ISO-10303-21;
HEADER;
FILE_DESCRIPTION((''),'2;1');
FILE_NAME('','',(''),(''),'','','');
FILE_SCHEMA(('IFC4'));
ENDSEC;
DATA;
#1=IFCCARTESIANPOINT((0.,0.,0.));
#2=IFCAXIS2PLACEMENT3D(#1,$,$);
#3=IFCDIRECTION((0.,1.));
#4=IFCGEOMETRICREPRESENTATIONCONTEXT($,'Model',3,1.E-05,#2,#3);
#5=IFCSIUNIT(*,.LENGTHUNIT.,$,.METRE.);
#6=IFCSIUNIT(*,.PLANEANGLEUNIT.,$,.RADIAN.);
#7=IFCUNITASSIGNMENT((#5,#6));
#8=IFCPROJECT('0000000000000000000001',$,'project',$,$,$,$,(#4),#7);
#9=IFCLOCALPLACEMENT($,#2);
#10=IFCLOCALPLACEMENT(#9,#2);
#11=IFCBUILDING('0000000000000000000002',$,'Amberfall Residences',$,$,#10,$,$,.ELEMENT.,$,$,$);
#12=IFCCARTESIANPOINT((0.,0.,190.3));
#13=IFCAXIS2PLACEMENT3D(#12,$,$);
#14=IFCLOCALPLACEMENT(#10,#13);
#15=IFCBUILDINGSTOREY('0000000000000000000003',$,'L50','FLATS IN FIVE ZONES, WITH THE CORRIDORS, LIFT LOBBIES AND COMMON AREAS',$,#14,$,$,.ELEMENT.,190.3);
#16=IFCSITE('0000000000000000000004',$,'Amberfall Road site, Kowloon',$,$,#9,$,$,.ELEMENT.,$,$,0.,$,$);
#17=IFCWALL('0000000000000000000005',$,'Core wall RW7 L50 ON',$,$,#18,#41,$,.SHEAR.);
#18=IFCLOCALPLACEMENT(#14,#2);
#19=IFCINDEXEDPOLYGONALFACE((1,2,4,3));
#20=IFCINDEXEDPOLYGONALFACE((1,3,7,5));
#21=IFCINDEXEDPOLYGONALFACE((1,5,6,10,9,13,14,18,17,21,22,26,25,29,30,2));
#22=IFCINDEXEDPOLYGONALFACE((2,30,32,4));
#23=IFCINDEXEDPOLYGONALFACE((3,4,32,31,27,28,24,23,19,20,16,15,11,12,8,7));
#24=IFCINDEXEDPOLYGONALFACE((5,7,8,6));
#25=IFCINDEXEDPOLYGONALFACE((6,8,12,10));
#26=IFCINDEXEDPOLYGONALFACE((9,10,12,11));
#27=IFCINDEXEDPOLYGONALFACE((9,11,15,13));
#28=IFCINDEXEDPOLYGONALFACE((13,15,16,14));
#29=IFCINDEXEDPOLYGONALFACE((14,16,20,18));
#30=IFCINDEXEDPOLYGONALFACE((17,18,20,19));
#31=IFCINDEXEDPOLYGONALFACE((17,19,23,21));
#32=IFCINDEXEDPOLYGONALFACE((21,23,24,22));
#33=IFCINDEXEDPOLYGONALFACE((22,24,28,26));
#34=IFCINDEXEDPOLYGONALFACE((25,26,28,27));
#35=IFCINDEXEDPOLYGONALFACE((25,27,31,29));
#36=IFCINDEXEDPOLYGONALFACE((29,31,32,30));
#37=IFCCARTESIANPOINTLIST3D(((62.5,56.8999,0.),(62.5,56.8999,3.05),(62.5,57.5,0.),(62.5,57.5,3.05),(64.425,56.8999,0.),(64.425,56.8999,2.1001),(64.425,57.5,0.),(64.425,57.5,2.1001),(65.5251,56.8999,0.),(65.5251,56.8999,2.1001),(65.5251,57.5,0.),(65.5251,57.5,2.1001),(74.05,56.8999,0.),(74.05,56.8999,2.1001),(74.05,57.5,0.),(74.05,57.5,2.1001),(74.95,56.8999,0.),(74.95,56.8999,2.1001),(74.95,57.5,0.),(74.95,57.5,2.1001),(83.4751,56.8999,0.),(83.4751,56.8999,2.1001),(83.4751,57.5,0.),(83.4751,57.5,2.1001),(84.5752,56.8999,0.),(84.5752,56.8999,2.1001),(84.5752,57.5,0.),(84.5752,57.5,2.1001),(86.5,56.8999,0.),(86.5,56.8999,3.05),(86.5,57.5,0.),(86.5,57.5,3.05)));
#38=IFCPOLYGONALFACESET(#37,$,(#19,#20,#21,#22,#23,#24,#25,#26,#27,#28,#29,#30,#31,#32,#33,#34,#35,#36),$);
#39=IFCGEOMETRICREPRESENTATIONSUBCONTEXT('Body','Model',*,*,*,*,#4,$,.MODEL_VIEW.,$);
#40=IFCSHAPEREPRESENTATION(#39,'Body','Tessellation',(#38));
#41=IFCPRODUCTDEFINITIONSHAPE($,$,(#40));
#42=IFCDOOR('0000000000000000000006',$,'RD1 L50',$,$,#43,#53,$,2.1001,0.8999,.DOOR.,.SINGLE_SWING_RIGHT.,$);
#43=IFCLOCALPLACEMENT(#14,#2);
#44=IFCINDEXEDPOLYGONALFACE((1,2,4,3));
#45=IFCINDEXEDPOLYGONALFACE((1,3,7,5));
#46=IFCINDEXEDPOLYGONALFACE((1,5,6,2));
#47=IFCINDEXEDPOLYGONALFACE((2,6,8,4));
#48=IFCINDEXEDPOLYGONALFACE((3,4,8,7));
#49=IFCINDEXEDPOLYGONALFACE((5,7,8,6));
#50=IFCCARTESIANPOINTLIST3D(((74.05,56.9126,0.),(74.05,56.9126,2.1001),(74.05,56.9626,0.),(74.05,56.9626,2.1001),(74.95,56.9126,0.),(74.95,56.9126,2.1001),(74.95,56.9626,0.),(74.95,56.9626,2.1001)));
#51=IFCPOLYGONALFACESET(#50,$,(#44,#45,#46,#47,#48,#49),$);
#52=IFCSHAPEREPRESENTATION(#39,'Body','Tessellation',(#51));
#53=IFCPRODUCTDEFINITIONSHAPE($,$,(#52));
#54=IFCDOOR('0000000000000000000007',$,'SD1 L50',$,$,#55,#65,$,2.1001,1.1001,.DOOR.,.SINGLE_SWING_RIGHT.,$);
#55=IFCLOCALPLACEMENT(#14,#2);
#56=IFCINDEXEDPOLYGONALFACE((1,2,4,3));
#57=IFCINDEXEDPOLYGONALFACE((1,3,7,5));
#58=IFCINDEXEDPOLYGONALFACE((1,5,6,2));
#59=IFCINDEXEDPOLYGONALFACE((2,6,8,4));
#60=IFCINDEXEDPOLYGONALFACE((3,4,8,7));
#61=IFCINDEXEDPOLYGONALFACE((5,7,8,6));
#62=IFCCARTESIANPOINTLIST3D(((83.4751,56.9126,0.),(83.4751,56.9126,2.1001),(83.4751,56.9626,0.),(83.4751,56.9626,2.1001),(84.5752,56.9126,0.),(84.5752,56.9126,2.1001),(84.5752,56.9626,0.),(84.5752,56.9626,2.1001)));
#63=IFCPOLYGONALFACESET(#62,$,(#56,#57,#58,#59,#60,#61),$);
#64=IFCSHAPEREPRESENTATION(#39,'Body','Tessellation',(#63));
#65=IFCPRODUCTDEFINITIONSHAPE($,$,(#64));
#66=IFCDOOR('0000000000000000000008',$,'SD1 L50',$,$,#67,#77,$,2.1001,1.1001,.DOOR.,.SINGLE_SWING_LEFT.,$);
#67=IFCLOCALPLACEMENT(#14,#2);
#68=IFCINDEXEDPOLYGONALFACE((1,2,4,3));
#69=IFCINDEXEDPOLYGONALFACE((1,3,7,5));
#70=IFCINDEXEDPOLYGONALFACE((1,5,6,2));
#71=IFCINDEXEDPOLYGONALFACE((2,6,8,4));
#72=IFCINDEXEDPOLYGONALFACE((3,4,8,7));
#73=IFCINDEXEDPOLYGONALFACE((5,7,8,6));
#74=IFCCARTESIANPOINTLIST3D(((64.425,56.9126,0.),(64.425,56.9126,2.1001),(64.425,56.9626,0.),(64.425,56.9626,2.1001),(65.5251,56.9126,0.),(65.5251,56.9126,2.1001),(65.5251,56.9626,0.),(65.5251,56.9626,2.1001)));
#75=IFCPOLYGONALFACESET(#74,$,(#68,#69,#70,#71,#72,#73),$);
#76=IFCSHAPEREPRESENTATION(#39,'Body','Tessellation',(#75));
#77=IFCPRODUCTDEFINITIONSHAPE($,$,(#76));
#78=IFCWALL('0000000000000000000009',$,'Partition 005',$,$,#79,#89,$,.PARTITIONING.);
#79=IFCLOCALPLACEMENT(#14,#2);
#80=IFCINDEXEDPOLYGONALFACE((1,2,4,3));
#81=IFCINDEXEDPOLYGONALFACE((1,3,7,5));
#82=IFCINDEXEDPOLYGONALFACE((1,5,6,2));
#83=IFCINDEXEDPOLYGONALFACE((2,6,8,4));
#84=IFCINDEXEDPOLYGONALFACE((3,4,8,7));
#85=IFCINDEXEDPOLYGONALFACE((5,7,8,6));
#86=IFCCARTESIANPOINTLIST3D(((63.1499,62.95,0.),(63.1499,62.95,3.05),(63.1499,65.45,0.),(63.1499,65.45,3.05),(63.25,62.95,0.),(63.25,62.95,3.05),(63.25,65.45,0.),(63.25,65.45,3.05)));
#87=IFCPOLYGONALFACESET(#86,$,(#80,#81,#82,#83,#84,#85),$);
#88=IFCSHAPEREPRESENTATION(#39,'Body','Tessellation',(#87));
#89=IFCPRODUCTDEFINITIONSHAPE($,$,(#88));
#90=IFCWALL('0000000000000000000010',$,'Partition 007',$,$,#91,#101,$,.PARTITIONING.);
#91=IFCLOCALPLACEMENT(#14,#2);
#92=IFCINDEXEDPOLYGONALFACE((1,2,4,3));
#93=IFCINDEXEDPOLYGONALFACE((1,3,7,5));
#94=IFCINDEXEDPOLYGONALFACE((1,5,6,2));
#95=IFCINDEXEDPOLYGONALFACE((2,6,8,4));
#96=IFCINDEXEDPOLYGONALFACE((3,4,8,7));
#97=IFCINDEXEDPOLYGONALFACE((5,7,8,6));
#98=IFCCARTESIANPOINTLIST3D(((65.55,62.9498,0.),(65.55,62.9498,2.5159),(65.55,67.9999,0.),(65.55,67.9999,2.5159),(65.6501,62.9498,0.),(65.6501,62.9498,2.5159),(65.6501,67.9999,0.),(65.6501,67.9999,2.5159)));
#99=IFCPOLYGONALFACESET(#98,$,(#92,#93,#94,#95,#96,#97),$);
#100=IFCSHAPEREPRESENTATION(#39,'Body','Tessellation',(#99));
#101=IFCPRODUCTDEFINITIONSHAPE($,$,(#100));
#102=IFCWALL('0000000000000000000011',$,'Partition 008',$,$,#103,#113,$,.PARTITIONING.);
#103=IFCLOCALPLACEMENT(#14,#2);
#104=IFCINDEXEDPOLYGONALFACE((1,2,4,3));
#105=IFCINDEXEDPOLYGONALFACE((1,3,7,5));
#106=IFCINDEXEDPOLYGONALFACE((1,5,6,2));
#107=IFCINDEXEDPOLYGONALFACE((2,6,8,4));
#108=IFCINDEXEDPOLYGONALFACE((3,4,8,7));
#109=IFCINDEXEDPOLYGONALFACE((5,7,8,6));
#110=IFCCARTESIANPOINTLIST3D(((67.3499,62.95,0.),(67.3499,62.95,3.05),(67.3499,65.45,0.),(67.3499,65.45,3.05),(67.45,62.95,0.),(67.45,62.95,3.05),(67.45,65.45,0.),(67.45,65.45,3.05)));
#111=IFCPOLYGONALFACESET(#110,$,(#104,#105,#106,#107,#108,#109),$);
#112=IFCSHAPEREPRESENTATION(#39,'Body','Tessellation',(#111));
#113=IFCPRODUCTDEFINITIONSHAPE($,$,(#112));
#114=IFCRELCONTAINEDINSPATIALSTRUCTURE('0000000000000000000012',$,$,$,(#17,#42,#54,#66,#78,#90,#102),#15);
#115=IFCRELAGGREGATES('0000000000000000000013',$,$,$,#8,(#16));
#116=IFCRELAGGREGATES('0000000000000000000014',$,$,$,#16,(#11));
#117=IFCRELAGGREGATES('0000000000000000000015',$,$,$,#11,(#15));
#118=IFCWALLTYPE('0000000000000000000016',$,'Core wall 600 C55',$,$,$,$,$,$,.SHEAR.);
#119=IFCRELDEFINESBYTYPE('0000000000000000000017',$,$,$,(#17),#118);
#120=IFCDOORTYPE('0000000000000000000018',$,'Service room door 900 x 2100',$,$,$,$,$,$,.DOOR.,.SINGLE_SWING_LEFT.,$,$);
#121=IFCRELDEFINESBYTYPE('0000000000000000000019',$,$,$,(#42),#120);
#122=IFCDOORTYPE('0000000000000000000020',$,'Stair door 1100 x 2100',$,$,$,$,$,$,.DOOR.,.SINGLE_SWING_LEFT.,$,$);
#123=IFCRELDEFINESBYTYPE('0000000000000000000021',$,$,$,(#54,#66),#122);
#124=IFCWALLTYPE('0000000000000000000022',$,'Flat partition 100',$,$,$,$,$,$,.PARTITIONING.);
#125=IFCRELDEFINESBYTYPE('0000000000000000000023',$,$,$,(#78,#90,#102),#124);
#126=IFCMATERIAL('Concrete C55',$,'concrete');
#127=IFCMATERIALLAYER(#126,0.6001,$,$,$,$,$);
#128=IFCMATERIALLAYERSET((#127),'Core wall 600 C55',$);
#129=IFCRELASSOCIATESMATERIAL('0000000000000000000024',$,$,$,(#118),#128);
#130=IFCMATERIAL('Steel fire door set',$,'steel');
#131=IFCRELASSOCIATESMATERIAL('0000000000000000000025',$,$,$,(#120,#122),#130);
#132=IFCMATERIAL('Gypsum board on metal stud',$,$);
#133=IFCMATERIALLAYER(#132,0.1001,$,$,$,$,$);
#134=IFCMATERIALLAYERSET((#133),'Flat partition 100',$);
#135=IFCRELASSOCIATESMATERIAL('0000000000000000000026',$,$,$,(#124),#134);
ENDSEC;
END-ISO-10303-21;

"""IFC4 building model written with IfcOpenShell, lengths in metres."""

from ifc_helpers import new_model, si_unit, direction, frame, frame_2d, origin, place, context, subcontext, project, spatial, rectangle, extrude, material, layer, layer_set, type_object, element, fill, save


model = new_model("IFC4")

# Units and contexts
model_context = context("Model", 3, precision=1e-05, world=origin(), true_north=direction((0.0, 1.0)))
body_context = subcontext(model_context, "Body", "Model", "MODEL_VIEW")
ifc_project = project(units=[si_unit("LENGTHUNIT", "METRE"), si_unit("PLANEANGLEUNIT", "RADIAN")], contexts=[model_context])

# Site, building, storey
site_placement = place(None, origin())
site = spatial("IfcSite", under=ifc_project, at=site_placement, Name="Amberfall Road site, Kowloon", CompositionType="ELEMENT", RefElevation=0.0)
building_placement = place(site_placement, origin())
building = spatial("IfcBuilding", under=site, at=building_placement, Name="Amberfall Residences", CompositionType="ELEMENT")
storey_placement = place(building_placement, frame((0.0, 0.0, 190.3)))
storey = spatial("IfcBuildingStorey", under=building, at=storey_placement, Name="L50", Description="FLATS IN FIVE ZONES, WITH THE CORRIDORS, LIFT LOBBIES AND COMMON AREAS", CompositionType="ELEMENT", Elevation=190.3)

# Wall, openings, doors
ifc_material_1 = material(Name="Concrete C55", Category="concrete")
ifc_layer_1 = layer(ifc_material_1, 0.6001)
ifc_layer_set_1 = layer_set([ifc_layer_1], Name="Core wall 600 C55")
wall_type_1 = type_object("IfcWallType", Name="Core wall 600 C55", PredefinedType="SHEAR", material=ifc_layer_set_1)
wall_1_placement = place(storey_placement, frame((62.5, 57.2, 0.0), z_axis=(0.0, 0.0, 1.0), x_axis=(1.0, 0.0, 0.0)))
wall_1 = element("IfcWall", 1, at=wall_1_placement, inside=storey, type_object=wall_type_1, Name="Core wall RW7 L50 ON", PredefinedType="SHEAR", context=body_context, shape_type="SweptSolid", body=[
    extrude(rectangle(XDim=24.0, YDim=0.6001, at=frame_2d((12.0, 0.0))), origin(), (0.0, 0.0, 1.0), 3.05),
])
opening_1_placement = place(wall_1_placement, frame((20.9751, 0.0, 0.0)))
opening_1 = element("IfcOpeningElement", 2, at=opening_1_placement, cuts=wall_1, PredefinedType="OPENING", context=body_context, shape_type="SweptSolid", body=[
    extrude(rectangle(XDim=1.1001, YDim=2.1001, at=frame_2d((0.55, 1.05))), frame((0.0, 0.3101, 0.0), z_axis=(0.0, -1.0, 0.0), x_axis=(1.0, 0.0, 0.0)), (0.0, 0.0, 1.0), 0.6201),
])
opening_2_placement = place(wall_1_placement, frame((1.925, 0.0, 0.0)))
opening_2 = element("IfcOpeningElement", 3, at=opening_2_placement, cuts=wall_1, PredefinedType="OPENING", context=body_context, shape_type="SweptSolid", body=[
    extrude(rectangle(XDim=1.1001, YDim=2.1001, at=frame_2d((0.55, 1.05))), frame((0.0, 0.3101, 0.0), z_axis=(0.0, -1.0, 0.0), x_axis=(1.0, 0.0, 0.0)), (0.0, 0.0, 1.0), 0.6201),
])
opening_3_placement = place(wall_1_placement, frame((11.55, 0.0, 0.0)))
opening_3 = element("IfcOpeningElement", 4, at=opening_3_placement, cuts=wall_1, PredefinedType="OPENING", context=body_context, shape_type="SweptSolid", body=[
    extrude(rectangle(XDim=0.8999, YDim=2.1001, at=frame_2d((0.45, 1.05))), frame((0.0, 0.3101, 0.0), z_axis=(0.0, -1.0, 0.0), x_axis=(1.0, 0.0, 0.0)), (0.0, 0.0, 1.0), 0.6201),
])
ifc_material_2 = material(Name="Steel fire door set", Category="steel")
door_type_1 = type_object("IfcDoorType", Name="Service room door 900 x 2100", OperationType="SINGLE_SWING_LEFT", PredefinedType="DOOR", material=ifc_material_2)
door_1_placement = place(opening_3_placement, origin())
door_1 = element("IfcDoor", 5, at=door_1_placement, inside=storey, type_object=door_type_1, Name="RD1 L50", OperationType="SINGLE_SWING_RIGHT", OverallHeight=2.1001, OverallWidth=0.8999, PredefinedType="DOOR", context=body_context, shape_type="SweptSolid", body=[
    extrude(rectangle(XDim=0.8999, YDim=2.1001, at=frame_2d((0.45, 1.05))), frame((0.0, -0.2373, 0.0), z_axis=(0.0, -1.0, 0.0), x_axis=(1.0, 0.0, 0.0)), (0.0, 0.0, 1.0), 0.05),
])
fill(opening_3, door_1)
door_type_2 = type_object("IfcDoorType", Name="Stair door 1100 x 2100", OperationType="SINGLE_SWING_LEFT", PredefinedType="DOOR", material=ifc_material_2)
door_2_placement = place(opening_1_placement, origin())
door_2 = element("IfcDoor", 6, at=door_2_placement, inside=storey, type_object=door_type_2, Name="SD1 L50", OperationType="SINGLE_SWING_RIGHT", OverallHeight=2.1001, OverallWidth=1.1001, PredefinedType="DOOR", context=body_context, shape_type="SweptSolid", body=[
    extrude(rectangle(XDim=1.1001, YDim=2.1001, at=frame_2d((0.55, 1.05))), frame((0.0, -0.2373, 0.0), z_axis=(0.0, -1.0, 0.0), x_axis=(1.0, 0.0, 0.0)), (0.0, 0.0, 1.0), 0.05),
])
fill(opening_1, door_2)
door_3_placement = place(opening_2_placement, origin())
door_3 = element("IfcDoor", 7, at=door_3_placement, inside=storey, type_object=door_type_2, Name="SD1 L50", OperationType="SINGLE_SWING_LEFT", OverallHeight=2.1001, OverallWidth=1.1001, PredefinedType="DOOR", context=body_context, shape_type="SweptSolid", body=[
    extrude(rectangle(XDim=1.1001, YDim=2.1001, at=frame_2d((0.55, 1.05))), frame((0.0, -0.2373, 0.0), z_axis=(0.0, -1.0, 0.0), x_axis=(1.0, 0.0, 0.0)), (0.0, 0.0, 1.0), 0.05),
])
fill(opening_2, door_3)

# Walls
ifc_material_3 = material(Name="Gypsum board on metal stud")
ifc_layer_2 = layer(ifc_material_3, 0.1001)
ifc_layer_set_2 = layer_set([ifc_layer_2], Name="Flat partition 100")
wall_type_2 = type_object("IfcWallType", Name="Flat partition 100", PredefinedType="PARTITIONING", material=ifc_layer_set_2)
wall_2_placement = place(storey_placement, frame((63.2, 62.95, 0.0), z_axis=(0.0, 0.0, 1.0), x_axis=(0.0, 1.0, 0.0)))
element("IfcWall", 8, at=wall_2_placement, inside=storey, type_object=wall_type_2, Name="Partition 005", PredefinedType="PARTITIONING", context=body_context, shape_type="SweptSolid", body=[
    extrude(rectangle(XDim=2.5, YDim=0.1001, at=frame_2d((1.25, 0.0))), origin(), (0.0, 0.0, 1.0), 3.05),
])
wall_3_placement = place(storey_placement, frame((65.6001, 62.95, 0.0), z_axis=(0.0, 0.0, 1.0), x_axis=(0.0, 1.0, 0.0)))
element("IfcWall", 9, at=wall_3_placement, inside=storey, type_object=wall_type_2, Name="Partition 007", PredefinedType="PARTITIONING", context=body_context, shape_type="SweptSolid", body=[
    extrude(rectangle(XDim=5.05, YDim=0.1001, at=frame_2d((2.5249, 0.0))), origin(), (0.0, 0.0, 1.0), 2.5159),
])
wall_4_placement = place(storey_placement, frame((67.3999, 62.95, 0.0), z_axis=(0.0, 0.0, 1.0), x_axis=(0.0, 1.0, 0.0)))
element("IfcWall", 10, at=wall_4_placement, inside=storey, type_object=wall_type_2, Name="Partition 008", PredefinedType="PARTITIONING", context=body_context, shape_type="SweptSolid", body=[
    extrude(rectangle(XDim=2.5, YDim=0.1001, at=frame_2d((1.25, 0.0))), origin(), (0.0, 0.0, 1.0), 3.05),
])

save(model, "model.ifc")
